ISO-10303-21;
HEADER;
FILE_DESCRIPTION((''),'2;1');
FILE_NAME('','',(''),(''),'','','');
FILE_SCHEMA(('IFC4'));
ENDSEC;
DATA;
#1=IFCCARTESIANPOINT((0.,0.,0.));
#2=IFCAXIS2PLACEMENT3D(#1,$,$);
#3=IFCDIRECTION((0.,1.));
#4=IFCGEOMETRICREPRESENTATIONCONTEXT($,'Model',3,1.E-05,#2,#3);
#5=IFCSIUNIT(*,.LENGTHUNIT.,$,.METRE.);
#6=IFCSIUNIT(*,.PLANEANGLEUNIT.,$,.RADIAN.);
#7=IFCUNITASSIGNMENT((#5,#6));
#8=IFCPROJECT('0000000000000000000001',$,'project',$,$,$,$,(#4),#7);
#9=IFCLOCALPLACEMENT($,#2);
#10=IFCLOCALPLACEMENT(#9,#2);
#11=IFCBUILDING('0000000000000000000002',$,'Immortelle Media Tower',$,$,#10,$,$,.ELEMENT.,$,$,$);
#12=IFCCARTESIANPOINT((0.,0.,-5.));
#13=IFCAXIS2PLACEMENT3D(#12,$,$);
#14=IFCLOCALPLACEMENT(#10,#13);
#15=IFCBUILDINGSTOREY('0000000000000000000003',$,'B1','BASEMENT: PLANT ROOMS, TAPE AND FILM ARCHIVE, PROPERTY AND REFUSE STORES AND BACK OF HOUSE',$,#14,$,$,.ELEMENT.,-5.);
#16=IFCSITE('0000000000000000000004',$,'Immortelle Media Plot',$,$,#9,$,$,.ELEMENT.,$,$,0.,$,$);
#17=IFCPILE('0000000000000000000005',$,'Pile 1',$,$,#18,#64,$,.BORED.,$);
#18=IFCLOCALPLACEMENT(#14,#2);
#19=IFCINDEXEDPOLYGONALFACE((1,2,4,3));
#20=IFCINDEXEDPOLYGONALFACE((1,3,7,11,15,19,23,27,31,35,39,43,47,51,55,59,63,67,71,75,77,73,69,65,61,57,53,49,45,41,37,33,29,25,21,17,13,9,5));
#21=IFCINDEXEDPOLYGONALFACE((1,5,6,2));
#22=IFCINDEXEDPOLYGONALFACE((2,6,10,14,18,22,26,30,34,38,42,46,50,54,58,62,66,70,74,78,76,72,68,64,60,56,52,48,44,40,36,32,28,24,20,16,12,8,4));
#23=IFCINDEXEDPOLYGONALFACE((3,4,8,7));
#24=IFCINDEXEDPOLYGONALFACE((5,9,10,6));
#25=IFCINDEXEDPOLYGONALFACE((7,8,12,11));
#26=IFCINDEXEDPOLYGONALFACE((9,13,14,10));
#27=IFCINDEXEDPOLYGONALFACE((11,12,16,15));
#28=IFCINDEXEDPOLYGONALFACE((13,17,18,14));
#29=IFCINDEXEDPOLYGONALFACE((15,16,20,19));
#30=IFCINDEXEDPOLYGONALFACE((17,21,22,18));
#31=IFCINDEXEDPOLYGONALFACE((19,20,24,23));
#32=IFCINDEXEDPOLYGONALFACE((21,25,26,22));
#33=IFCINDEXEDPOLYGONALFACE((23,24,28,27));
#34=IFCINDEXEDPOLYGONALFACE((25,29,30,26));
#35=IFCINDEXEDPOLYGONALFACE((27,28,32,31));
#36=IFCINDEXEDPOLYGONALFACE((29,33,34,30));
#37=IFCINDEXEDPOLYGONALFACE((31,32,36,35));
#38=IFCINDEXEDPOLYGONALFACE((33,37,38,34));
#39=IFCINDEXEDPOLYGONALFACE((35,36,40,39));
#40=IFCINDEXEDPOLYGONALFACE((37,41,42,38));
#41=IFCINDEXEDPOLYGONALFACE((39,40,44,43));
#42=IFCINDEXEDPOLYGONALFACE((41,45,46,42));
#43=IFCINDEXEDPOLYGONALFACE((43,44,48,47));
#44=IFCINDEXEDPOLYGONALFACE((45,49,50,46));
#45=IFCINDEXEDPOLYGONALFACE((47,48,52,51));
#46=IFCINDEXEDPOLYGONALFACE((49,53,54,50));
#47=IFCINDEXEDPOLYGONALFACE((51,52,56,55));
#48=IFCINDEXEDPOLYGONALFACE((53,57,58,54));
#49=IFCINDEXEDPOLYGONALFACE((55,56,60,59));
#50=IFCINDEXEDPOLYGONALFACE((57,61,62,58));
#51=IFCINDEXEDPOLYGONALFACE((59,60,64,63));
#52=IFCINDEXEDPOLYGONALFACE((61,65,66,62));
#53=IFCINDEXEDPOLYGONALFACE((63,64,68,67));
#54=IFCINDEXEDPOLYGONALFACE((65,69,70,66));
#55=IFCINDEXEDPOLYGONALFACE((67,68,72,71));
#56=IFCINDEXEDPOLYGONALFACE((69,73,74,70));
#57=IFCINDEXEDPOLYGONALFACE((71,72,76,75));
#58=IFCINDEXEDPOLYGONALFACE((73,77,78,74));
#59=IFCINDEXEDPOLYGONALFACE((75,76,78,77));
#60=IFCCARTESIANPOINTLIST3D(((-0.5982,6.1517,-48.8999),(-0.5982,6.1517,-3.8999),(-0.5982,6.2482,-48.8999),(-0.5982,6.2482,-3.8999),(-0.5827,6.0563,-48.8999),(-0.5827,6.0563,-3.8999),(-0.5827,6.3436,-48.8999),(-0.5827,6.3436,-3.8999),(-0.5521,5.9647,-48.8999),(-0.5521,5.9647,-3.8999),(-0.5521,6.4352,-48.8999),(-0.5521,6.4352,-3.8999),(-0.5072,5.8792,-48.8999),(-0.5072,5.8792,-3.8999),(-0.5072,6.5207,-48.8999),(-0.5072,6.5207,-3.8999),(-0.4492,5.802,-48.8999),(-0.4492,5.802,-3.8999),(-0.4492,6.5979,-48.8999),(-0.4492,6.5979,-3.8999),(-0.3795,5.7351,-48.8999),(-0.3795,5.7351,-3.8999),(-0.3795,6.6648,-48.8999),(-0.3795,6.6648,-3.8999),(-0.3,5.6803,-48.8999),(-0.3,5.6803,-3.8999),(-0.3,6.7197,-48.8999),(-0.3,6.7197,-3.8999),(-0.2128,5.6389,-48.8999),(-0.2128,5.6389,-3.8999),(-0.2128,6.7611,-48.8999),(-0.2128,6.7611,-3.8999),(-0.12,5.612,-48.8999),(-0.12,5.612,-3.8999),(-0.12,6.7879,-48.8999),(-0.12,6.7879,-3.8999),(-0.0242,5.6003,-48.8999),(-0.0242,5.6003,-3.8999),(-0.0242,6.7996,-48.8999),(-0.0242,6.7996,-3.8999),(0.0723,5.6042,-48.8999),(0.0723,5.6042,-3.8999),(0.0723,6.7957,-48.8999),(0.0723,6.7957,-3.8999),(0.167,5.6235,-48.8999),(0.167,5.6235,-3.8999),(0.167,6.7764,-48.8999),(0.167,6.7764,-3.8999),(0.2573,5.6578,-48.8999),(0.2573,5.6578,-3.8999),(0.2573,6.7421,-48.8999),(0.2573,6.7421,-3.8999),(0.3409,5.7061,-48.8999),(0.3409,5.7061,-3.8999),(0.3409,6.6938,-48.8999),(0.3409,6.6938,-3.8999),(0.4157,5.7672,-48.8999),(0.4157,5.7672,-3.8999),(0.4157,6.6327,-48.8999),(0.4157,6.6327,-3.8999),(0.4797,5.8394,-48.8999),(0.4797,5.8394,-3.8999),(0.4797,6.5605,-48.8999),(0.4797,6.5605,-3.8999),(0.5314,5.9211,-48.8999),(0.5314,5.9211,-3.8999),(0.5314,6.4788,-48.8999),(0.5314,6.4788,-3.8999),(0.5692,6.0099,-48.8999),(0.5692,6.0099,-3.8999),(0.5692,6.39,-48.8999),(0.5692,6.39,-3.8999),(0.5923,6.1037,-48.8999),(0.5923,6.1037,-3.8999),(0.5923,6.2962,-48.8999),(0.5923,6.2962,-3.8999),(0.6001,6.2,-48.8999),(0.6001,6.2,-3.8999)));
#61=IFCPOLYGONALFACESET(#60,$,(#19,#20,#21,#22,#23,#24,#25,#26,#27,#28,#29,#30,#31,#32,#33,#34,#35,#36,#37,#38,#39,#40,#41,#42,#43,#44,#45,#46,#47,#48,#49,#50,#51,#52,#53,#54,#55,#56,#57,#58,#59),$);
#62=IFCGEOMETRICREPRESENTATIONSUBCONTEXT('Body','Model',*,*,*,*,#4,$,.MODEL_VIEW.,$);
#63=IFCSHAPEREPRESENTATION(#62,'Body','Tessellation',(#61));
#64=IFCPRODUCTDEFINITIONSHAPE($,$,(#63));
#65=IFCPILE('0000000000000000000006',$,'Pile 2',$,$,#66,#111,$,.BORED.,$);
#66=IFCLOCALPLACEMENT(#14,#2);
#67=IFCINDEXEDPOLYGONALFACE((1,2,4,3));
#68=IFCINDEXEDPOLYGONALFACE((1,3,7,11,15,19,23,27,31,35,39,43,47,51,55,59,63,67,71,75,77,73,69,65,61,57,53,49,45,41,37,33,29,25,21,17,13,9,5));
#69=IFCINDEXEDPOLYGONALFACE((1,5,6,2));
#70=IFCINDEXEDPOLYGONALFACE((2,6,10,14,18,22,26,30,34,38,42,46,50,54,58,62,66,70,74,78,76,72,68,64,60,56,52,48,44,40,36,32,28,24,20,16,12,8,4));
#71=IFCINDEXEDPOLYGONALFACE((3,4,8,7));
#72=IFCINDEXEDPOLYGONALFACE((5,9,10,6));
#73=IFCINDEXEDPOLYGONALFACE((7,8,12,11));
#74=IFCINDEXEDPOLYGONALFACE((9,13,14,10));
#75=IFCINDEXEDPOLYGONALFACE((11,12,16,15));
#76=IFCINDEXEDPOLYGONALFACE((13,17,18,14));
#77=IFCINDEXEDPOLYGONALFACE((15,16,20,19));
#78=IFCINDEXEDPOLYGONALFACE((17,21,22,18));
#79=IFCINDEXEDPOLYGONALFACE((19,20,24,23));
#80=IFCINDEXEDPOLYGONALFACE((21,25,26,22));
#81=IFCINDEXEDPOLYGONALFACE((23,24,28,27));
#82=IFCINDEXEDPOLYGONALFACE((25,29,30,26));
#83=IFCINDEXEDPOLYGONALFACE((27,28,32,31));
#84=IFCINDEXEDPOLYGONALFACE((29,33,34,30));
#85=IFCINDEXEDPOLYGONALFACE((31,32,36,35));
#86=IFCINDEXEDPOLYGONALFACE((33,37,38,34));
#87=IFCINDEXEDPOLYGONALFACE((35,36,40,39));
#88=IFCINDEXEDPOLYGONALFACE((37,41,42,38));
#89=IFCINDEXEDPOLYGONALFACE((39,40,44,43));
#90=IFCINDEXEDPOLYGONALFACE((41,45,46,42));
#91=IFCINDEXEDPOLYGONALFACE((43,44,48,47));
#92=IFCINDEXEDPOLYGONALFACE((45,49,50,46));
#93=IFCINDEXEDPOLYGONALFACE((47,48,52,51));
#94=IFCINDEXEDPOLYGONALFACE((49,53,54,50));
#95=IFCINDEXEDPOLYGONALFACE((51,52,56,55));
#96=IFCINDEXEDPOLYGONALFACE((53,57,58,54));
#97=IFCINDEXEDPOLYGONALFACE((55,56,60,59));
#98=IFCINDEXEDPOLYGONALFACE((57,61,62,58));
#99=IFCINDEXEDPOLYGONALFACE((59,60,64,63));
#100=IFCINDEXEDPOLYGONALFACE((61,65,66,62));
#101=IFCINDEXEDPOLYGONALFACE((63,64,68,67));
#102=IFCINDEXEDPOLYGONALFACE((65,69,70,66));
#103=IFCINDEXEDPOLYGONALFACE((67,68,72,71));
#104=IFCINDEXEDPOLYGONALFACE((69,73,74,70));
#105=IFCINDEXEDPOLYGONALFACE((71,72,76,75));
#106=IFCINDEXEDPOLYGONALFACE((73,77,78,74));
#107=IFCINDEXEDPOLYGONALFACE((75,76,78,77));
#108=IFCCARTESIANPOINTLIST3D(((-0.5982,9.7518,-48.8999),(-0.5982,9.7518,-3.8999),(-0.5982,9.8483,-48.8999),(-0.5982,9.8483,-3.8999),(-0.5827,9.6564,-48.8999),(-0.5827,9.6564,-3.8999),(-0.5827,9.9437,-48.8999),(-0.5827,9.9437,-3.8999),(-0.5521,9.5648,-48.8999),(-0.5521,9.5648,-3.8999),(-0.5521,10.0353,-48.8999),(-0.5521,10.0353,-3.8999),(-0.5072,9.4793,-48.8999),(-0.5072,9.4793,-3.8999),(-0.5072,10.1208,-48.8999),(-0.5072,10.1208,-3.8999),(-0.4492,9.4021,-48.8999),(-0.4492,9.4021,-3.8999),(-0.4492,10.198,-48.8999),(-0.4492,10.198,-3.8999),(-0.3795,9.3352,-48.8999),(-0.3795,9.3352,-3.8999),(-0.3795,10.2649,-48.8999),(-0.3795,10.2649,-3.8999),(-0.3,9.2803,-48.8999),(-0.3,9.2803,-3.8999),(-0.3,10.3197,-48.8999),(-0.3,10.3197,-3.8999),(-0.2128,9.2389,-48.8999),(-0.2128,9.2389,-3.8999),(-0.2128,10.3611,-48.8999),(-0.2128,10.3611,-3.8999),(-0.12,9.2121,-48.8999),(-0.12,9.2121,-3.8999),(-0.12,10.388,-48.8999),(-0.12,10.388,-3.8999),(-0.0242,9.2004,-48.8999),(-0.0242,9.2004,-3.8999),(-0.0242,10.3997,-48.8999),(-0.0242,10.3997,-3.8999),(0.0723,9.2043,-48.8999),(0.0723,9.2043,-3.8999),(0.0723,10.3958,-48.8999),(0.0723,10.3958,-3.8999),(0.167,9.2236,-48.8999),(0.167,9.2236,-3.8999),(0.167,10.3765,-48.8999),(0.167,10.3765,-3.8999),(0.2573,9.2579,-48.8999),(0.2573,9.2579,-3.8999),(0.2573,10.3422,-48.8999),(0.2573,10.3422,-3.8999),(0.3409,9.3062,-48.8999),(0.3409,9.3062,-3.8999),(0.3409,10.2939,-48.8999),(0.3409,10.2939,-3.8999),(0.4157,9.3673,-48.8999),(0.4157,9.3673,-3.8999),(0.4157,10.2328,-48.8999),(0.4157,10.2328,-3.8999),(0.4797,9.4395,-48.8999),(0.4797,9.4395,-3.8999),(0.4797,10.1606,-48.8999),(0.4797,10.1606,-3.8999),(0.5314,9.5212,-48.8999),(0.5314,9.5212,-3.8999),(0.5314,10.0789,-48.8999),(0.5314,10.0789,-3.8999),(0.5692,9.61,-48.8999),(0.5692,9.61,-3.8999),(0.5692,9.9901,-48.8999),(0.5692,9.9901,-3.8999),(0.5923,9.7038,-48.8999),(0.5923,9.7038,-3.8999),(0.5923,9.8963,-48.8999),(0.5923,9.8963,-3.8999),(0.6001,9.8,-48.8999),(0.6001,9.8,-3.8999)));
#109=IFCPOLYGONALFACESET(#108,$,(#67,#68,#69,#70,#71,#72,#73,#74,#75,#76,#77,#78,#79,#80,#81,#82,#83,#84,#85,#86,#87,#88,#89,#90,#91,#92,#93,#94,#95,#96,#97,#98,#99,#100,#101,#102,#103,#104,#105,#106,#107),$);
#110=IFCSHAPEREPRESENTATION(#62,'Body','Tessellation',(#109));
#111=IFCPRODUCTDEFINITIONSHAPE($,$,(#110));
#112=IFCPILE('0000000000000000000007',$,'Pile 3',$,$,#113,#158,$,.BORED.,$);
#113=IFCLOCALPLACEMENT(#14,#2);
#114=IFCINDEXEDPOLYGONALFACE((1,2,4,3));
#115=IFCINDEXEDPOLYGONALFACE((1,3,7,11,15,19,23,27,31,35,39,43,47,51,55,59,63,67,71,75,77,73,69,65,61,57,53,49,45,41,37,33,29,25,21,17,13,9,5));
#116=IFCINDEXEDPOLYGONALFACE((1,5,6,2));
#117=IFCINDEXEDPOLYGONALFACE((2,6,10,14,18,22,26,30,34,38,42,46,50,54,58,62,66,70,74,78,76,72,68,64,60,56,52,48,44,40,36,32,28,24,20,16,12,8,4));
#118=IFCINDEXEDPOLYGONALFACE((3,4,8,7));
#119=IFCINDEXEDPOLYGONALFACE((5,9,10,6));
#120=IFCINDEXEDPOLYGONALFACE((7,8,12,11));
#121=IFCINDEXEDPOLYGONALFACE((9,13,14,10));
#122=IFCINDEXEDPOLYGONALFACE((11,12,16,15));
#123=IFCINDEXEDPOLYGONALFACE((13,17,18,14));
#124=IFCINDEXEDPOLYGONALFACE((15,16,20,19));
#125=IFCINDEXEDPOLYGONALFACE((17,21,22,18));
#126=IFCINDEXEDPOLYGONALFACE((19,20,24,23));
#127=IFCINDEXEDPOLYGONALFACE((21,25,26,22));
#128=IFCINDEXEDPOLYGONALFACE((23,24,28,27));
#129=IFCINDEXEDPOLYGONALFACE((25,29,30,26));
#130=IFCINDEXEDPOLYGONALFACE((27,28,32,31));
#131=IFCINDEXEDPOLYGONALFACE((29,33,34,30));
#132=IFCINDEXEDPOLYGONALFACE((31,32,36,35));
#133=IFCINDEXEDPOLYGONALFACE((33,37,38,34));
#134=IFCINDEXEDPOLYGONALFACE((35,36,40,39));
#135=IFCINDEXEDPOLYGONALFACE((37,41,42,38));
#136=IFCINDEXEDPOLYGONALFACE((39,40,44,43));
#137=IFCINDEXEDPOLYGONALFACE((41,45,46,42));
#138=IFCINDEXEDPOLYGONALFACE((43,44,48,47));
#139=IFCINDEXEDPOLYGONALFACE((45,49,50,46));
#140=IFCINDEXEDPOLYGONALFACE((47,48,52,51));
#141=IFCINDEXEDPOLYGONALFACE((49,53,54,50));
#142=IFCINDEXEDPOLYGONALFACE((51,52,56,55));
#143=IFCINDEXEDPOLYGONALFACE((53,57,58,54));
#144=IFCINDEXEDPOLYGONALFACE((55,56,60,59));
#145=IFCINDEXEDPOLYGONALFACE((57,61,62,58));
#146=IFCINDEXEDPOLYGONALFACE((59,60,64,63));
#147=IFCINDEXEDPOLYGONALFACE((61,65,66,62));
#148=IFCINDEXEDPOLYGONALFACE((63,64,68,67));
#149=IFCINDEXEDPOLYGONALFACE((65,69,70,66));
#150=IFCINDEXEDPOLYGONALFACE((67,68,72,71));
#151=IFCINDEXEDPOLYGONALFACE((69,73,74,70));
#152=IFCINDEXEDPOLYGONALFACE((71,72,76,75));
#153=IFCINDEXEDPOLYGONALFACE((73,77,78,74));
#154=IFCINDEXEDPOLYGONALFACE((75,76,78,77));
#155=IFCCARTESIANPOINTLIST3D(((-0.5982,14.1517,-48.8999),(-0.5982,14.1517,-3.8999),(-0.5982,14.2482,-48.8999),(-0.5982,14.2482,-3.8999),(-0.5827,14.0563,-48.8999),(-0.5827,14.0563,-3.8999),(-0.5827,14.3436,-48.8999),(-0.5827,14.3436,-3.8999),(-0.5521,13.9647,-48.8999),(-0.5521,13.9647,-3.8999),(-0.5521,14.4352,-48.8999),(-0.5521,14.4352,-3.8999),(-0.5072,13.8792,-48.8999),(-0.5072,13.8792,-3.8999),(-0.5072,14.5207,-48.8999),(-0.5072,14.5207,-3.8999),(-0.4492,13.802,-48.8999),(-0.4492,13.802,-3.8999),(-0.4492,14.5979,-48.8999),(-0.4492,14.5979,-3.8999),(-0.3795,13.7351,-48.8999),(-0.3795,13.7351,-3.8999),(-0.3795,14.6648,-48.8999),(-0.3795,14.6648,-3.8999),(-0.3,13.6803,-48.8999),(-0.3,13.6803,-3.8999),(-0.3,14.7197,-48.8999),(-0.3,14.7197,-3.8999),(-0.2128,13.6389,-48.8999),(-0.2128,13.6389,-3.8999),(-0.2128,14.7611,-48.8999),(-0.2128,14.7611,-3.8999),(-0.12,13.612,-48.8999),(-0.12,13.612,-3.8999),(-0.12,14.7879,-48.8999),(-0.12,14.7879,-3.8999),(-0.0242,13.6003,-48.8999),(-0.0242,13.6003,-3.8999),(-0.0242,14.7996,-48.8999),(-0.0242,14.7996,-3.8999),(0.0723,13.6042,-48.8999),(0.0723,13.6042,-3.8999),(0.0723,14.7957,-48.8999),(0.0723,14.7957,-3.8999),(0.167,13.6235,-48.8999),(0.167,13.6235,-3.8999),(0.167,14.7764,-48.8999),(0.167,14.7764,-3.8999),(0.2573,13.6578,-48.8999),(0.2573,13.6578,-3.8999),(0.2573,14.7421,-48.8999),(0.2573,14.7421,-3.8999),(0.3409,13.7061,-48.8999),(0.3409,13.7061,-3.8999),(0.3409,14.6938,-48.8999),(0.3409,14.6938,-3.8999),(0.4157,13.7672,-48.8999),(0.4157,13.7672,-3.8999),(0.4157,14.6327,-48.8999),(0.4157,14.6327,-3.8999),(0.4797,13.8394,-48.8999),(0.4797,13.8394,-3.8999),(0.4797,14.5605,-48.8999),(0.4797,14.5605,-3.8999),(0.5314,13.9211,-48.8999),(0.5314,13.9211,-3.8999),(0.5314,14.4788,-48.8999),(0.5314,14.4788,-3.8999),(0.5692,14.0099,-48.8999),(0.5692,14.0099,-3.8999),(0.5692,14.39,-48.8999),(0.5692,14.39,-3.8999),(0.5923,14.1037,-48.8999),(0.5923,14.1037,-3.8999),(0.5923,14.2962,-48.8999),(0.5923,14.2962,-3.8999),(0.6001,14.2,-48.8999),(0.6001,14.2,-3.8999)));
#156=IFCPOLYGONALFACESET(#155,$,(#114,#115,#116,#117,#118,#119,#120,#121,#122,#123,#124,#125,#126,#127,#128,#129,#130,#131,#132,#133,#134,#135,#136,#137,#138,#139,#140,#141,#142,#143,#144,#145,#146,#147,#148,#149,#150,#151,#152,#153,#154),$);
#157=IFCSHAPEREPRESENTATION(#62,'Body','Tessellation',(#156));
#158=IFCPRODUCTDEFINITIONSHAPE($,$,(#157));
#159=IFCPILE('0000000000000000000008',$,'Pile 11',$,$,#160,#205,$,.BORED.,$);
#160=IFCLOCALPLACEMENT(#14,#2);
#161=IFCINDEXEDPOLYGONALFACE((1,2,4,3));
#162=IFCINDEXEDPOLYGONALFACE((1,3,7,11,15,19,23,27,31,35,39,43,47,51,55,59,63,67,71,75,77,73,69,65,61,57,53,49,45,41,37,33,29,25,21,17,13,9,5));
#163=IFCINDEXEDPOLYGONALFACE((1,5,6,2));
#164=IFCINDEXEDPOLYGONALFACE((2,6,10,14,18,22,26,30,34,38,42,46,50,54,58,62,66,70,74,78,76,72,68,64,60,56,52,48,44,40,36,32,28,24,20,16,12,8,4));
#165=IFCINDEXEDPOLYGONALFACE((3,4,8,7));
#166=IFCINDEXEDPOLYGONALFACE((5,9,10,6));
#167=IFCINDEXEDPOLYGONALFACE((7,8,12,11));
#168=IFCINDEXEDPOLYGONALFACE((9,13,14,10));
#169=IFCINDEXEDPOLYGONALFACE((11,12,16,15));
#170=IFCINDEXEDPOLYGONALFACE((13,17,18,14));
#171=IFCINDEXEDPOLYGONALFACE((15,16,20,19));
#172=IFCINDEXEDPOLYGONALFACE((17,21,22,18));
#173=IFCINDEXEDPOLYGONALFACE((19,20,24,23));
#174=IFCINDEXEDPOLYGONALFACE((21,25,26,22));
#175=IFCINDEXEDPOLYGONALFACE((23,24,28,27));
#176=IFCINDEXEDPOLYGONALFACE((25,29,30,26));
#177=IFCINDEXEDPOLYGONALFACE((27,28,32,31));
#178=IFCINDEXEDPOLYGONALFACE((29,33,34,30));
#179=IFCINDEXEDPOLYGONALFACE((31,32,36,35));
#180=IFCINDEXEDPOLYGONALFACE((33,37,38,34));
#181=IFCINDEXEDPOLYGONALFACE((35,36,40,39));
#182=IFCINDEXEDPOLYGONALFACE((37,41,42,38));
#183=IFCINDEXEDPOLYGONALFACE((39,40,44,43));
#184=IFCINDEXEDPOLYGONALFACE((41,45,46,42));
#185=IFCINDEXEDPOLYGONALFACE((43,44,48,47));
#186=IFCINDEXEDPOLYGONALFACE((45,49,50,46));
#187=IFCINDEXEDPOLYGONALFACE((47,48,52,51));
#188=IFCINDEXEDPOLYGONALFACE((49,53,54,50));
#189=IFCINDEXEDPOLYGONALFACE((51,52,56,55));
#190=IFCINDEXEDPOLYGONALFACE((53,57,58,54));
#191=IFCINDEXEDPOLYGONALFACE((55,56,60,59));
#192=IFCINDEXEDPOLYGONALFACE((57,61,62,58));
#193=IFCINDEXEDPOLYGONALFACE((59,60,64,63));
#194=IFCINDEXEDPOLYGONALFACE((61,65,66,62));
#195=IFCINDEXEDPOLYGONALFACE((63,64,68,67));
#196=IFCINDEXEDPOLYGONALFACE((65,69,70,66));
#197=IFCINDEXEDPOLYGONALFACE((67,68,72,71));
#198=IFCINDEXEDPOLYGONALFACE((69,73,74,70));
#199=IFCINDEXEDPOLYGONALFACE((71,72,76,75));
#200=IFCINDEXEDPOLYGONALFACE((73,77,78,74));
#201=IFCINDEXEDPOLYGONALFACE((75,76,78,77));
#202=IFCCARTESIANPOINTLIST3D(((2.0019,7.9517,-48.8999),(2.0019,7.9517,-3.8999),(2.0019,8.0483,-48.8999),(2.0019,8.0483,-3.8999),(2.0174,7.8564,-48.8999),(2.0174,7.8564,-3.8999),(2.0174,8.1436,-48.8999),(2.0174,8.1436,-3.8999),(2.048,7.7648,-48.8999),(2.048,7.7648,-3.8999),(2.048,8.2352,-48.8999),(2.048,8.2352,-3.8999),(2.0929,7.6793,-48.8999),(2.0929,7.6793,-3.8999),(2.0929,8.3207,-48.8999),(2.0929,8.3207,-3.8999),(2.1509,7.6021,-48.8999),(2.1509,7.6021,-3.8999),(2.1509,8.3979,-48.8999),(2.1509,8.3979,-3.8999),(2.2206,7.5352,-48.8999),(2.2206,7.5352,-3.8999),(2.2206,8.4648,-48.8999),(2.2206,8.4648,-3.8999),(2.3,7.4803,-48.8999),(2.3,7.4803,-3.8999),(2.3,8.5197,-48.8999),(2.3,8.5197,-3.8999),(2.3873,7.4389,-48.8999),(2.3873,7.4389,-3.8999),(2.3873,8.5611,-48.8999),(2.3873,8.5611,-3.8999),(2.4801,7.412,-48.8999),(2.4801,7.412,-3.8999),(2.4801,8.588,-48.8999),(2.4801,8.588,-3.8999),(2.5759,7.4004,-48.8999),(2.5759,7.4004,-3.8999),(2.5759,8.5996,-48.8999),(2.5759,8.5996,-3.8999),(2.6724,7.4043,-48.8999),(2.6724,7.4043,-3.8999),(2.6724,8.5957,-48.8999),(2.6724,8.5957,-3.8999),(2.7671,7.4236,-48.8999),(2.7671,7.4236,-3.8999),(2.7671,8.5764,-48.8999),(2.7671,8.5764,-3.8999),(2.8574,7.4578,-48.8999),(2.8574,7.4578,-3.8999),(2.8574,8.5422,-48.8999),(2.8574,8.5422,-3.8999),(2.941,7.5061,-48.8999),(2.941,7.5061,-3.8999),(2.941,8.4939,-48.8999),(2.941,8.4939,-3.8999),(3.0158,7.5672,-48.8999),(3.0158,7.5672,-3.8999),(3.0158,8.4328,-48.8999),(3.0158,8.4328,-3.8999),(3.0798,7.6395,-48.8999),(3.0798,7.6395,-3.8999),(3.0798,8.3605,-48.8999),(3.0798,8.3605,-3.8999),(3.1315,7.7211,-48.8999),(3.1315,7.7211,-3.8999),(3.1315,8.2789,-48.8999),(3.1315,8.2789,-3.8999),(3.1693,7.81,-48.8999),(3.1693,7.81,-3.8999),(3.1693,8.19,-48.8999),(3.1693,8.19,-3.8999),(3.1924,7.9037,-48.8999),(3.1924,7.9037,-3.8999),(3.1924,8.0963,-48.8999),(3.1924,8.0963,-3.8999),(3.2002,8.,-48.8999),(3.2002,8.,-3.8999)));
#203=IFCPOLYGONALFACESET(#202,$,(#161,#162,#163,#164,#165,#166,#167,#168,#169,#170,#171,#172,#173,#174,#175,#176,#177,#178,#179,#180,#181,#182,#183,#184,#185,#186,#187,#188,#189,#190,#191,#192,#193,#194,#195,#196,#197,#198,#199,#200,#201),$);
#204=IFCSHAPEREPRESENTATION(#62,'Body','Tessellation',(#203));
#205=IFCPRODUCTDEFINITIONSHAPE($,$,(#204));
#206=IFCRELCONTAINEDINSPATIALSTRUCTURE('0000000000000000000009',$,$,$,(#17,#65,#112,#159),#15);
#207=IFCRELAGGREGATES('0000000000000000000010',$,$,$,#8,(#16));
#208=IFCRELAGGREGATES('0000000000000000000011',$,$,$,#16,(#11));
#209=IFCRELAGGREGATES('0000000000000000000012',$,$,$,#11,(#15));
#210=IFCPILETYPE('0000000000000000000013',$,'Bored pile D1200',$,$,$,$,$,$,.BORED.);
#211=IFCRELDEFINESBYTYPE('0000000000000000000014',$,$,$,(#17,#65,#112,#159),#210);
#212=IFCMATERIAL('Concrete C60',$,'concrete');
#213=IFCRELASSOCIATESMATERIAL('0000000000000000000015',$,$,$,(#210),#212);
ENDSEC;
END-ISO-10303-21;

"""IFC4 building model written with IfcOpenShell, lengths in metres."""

from ifc_helpers import new_model, si_unit, direction, frame, origin, origin_2d, place, context, subcontext, project, spatial, circle, extrude, material, material_profile, profile_set, type_object, element, save


model = new_model("IFC4")

# Units and contexts
model_context = context("Model", 3, precision=1e-05, world=origin(), true_north=direction((0.0, 1.0)))
body_context = subcontext(model_context, "Body", "Model", "MODEL_VIEW")
ifc_project = project(units=[si_unit("LENGTHUNIT", "METRE"), si_unit("PLANEANGLEUNIT", "RADIAN")], contexts=[model_context])

# Site, building, storey
site_placement = place(None, origin())
site = spatial("IfcSite", under=ifc_project, at=site_placement, Name="Immortelle Media Plot", CompositionType="ELEMENT", RefElevation=0.0)
building_placement = place(site_placement, origin())
building = spatial("IfcBuilding", under=site, at=building_placement, Name="Immortelle Media Tower", CompositionType="ELEMENT")
storey_placement = place(building_placement, frame((0.0, 0.0, -5.0)))
storey = spatial("IfcBuildingStorey", under=building, at=storey_placement, Name="B1", Description="BASEMENT: PLANT ROOMS, TAPE AND FILM ARCHIVE, PROPERTY AND REFUSE STORES AND BACK OF HOUSE", CompositionType="ELEMENT", Elevation=-5.0)

# Piles
ifc_material_1 = material(Name="Concrete C60", Category="concrete")
ifc_material_profile_1 = material_profile(ifc_material_1, circle(Radius=0.6001, at=origin_2d()), Name="Bored pile D1200")
ifc_profile_set_1 = profile_set([ifc_material_profile_1], Name="Concrete C60")
pile_type = type_object("IfcPileType", Name="Bored pile D1200", PredefinedType="BORED", material=ifc_profile_set_1)
for number, where, z_axis, x_axis, name in (
    (1, (0.0, 6.2, -3.8999), (0.0, 0.0, -1.0), (1.0, 0.0, 0.0), "Pile 1"),
    (2, (0.0, 9.8, -3.8999), (0.0, 0.0, -1.0), (1.0, 0.0, 0.0), "Pile 2"),
    (3, (0.0, 14.2, -3.8999), (0.0, 0.0, -1.0), (1.0, 0.0, 0.0), "Pile 3"),
    (4, (2.6001, 8.0, -3.8999), (0.0, 0.0, -1.0), (1.0, 0.0, 0.0), "Pile 11"),
):
    element("IfcPile", number, at=place(storey_placement, frame(where, z_axis=z_axis, x_axis=x_axis)), inside=storey, type_object=pile_type, Name=name, PredefinedType="BORED", context=body_context, shape_type="SweptSolid", body=[
        extrude(circle(Radius=0.6001, at=origin_2d()), origin(), (0.0, 0.0, 1.0), 45.0),
    ])

save(model, "model.ifc")
